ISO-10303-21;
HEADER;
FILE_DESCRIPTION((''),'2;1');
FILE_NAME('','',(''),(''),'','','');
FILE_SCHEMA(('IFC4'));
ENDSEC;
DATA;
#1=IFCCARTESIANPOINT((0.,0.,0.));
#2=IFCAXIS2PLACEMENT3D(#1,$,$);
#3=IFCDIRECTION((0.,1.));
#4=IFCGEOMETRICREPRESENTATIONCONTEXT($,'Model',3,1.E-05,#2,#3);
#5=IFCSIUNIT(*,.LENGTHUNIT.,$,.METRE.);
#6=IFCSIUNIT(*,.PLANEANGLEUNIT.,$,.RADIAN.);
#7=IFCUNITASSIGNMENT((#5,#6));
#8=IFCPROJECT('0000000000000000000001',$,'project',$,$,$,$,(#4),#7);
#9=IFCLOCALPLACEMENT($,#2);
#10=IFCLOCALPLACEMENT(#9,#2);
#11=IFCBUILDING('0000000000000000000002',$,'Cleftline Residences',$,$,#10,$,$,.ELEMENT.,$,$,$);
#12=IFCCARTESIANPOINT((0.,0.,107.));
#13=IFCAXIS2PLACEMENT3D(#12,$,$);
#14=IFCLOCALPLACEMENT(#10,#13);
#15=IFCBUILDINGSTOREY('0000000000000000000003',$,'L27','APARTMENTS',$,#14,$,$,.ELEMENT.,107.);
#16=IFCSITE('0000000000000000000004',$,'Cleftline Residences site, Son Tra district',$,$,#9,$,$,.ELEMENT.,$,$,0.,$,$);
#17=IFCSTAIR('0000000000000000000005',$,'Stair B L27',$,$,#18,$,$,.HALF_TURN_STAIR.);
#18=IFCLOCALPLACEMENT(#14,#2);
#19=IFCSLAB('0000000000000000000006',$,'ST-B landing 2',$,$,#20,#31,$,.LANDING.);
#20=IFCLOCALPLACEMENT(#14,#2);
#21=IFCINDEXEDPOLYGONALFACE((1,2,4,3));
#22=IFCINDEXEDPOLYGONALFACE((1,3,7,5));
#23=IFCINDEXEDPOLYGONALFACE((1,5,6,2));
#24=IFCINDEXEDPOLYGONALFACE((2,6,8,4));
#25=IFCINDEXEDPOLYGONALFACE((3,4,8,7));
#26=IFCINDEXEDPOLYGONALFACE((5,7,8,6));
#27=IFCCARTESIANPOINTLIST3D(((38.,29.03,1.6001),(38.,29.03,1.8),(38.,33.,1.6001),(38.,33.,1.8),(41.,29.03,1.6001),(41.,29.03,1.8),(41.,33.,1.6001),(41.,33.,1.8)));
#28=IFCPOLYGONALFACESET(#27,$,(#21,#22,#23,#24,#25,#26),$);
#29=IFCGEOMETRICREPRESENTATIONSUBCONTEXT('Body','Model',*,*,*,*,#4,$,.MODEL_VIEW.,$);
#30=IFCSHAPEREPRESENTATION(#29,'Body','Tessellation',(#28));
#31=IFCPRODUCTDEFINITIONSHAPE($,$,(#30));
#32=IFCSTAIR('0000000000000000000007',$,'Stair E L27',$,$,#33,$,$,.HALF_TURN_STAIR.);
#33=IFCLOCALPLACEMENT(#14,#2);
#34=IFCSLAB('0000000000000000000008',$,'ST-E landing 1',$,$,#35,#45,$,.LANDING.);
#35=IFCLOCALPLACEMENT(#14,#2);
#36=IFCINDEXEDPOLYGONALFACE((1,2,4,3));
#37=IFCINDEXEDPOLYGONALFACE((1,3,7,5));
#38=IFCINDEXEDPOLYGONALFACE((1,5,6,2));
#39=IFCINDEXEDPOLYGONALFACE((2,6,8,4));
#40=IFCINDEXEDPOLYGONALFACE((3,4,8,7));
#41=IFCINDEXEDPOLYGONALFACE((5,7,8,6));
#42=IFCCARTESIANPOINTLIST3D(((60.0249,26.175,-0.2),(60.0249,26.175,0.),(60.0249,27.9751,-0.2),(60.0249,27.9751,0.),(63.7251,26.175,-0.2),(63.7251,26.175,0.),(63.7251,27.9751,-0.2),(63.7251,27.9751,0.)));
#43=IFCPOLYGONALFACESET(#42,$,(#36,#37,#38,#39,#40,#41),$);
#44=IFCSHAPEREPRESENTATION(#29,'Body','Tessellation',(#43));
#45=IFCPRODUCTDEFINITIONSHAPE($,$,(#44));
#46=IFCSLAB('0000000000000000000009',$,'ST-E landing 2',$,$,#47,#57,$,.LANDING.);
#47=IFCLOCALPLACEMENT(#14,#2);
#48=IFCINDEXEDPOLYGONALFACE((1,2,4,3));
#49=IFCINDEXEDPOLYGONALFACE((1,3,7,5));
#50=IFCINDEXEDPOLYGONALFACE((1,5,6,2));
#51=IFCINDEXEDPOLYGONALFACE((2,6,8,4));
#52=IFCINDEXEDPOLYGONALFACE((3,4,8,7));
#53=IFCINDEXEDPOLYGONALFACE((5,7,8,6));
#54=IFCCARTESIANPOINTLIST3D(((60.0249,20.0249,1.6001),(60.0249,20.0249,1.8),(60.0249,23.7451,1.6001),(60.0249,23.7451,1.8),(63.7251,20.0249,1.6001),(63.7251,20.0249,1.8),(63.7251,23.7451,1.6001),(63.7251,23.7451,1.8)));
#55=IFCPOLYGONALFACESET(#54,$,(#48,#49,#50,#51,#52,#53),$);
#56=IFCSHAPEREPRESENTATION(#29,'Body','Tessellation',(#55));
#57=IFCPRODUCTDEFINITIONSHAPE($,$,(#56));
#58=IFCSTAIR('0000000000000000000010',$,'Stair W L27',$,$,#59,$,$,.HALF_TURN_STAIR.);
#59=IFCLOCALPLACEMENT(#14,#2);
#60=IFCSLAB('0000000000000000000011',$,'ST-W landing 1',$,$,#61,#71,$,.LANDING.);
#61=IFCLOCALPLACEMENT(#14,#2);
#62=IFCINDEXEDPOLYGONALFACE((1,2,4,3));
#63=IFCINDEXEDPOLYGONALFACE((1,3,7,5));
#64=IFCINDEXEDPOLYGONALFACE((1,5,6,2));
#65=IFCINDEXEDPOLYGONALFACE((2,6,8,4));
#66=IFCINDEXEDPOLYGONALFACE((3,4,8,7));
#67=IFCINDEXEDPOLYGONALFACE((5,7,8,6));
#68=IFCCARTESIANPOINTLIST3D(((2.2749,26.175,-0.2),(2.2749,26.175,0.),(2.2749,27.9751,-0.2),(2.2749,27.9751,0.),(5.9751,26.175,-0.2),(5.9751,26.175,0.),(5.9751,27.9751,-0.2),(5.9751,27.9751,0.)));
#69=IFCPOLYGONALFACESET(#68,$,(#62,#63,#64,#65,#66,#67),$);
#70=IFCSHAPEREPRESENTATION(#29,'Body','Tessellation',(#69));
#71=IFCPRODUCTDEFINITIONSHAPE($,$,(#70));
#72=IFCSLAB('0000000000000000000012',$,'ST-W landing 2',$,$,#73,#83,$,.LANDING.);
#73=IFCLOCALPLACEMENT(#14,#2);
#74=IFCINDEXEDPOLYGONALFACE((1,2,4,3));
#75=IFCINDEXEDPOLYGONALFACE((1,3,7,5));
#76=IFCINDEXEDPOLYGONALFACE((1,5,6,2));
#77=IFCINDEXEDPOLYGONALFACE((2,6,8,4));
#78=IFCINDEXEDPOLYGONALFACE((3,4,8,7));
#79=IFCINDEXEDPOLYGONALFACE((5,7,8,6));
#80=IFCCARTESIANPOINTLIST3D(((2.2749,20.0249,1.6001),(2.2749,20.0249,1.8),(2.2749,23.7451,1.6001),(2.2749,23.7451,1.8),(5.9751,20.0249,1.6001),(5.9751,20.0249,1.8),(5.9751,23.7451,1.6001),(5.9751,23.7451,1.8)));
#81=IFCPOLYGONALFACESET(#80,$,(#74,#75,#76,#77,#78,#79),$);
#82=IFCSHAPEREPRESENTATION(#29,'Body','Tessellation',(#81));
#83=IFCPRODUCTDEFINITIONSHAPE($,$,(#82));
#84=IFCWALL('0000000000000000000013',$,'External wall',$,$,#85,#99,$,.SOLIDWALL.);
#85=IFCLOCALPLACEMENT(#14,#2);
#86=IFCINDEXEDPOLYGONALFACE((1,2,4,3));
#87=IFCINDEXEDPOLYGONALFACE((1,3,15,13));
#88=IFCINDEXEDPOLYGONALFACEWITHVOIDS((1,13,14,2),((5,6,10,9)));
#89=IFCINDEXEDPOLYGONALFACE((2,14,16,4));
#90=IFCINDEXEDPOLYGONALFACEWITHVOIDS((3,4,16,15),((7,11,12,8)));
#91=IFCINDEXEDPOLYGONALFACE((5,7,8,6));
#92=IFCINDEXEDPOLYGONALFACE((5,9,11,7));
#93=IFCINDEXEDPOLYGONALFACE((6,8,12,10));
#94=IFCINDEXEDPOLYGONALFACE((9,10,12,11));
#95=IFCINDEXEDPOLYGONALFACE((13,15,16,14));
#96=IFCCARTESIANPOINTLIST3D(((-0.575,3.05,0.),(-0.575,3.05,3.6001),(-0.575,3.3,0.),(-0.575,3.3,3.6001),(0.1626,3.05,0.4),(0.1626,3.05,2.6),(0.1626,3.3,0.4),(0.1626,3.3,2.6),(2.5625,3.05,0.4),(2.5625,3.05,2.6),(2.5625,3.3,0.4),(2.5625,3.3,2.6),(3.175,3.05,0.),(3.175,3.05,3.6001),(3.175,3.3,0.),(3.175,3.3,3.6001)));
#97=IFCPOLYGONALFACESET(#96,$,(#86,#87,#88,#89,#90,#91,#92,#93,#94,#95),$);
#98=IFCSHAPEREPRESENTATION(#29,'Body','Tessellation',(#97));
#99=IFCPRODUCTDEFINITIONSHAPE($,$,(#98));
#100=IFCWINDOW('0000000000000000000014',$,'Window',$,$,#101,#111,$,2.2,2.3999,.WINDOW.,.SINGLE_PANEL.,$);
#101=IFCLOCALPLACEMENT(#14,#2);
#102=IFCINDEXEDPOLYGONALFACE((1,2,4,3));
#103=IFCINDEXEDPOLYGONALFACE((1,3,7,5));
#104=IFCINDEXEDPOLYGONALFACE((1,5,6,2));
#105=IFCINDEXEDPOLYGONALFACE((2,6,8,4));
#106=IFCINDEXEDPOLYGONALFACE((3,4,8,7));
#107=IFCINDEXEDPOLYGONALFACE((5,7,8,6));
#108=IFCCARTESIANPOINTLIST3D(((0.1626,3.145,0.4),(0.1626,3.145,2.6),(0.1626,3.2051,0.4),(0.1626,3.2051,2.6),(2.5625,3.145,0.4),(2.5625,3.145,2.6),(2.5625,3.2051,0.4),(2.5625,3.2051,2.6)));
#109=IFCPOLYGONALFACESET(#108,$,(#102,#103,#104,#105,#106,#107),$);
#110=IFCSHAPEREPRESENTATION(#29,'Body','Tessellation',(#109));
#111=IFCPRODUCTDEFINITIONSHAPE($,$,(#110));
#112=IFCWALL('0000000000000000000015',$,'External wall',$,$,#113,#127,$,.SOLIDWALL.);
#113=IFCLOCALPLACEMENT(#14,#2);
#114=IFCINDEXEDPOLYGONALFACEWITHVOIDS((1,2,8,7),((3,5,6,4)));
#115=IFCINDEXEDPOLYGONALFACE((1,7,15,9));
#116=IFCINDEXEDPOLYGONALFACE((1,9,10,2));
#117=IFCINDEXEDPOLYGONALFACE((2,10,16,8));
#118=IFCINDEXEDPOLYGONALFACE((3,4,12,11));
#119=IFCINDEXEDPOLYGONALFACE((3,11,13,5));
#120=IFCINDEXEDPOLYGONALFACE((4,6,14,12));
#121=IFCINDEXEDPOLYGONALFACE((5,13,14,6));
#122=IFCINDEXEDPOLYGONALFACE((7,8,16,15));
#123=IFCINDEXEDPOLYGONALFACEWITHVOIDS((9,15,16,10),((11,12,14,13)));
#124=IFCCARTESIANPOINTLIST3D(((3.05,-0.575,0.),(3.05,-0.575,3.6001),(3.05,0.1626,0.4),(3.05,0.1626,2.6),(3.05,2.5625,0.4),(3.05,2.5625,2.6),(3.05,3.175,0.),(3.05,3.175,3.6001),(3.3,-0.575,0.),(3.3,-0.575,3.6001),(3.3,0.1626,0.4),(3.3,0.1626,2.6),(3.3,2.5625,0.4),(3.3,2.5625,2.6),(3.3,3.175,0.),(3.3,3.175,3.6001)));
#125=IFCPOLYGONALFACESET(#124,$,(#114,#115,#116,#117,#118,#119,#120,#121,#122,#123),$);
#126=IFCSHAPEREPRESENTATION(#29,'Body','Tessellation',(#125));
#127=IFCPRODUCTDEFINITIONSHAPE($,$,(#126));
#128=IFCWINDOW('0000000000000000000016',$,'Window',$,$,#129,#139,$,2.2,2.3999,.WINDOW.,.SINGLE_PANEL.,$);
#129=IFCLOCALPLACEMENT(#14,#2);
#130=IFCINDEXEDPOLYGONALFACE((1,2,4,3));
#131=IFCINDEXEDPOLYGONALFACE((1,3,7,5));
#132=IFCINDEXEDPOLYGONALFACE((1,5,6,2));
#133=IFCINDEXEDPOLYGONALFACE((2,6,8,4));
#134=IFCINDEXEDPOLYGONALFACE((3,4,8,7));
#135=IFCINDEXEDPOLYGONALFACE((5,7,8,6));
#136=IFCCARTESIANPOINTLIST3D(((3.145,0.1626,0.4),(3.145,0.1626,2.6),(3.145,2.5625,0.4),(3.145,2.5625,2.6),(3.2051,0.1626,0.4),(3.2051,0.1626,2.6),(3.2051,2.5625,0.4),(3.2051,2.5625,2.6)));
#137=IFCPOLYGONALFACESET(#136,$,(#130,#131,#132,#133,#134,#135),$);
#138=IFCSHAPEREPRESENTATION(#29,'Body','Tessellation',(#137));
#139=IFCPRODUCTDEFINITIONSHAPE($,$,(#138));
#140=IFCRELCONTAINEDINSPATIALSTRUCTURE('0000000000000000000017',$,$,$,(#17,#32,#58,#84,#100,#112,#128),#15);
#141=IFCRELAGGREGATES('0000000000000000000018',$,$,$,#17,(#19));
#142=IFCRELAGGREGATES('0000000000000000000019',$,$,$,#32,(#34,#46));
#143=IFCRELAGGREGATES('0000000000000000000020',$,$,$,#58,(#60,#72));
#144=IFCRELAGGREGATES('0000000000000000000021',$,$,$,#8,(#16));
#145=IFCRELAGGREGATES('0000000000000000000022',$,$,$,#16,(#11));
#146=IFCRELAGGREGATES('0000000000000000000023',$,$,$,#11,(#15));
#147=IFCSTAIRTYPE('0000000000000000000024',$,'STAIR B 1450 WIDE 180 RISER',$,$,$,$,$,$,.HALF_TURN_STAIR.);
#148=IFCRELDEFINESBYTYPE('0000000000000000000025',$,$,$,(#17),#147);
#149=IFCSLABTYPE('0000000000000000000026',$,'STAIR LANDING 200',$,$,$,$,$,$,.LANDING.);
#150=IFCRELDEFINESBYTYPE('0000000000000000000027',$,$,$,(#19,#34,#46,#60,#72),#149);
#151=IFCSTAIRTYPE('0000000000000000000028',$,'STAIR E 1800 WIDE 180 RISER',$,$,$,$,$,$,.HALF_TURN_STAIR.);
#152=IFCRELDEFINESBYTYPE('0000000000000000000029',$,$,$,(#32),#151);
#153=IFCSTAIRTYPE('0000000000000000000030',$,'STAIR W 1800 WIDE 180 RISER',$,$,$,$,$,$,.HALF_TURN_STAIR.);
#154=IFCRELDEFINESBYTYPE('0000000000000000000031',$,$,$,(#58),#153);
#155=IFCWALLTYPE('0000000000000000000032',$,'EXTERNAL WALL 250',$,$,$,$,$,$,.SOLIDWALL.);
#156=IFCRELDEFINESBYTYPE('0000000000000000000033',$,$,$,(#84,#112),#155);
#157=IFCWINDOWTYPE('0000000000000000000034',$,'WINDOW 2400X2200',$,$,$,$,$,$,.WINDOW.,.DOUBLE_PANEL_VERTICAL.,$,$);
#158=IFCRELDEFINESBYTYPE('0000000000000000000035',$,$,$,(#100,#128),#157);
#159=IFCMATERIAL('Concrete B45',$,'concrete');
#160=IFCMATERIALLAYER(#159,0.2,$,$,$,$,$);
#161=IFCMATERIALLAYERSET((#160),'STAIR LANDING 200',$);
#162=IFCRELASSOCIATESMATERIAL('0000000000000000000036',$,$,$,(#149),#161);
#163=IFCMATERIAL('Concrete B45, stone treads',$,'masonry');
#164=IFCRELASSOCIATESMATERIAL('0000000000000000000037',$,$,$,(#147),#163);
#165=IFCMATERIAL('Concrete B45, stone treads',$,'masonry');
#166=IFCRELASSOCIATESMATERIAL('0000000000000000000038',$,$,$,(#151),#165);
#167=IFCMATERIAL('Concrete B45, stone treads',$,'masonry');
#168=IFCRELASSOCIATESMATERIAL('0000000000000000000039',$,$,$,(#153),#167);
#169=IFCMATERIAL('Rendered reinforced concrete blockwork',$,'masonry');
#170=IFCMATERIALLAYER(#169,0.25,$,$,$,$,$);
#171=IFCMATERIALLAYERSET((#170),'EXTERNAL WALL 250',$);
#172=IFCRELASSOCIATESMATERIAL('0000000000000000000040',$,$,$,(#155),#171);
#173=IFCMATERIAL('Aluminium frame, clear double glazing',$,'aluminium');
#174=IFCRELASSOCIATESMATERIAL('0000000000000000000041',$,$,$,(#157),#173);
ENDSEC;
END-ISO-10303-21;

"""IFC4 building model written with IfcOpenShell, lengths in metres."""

from ifc_helpers import new_model, si_unit, direction, frame, frame_2d, origin, place, context, subcontext, project, spatial, polyline, rectangle, outline, extrude, material, layer, layer_set, type_object, element, fill, aggregate, save


model = new_model("IFC4")

# Units and contexts
model_context = context("Model", 3, precision=1e-05, world=origin(), true_north=direction((0.0, 1.0)))
body_context = subcontext(model_context, "Body", "Model", "MODEL_VIEW")
ifc_project = project(units=[si_unit("LENGTHUNIT", "METRE"), si_unit("PLANEANGLEUNIT", "RADIAN")], contexts=[model_context])

# Site, building, storey
site_placement = place(None, origin())
site = spatial("IfcSite", under=ifc_project, at=site_placement, Name="Cleftline Residences site, Son Tra district", CompositionType="ELEMENT", RefElevation=0.0)
building_placement = place(site_placement, origin())
building = spatial("IfcBuilding", under=site, at=building_placement, Name="Cleftline Residences", CompositionType="ELEMENT")
storey_placement = place(building_placement, frame((0.0, 0.0, 107.0)))
storey = spatial("IfcBuildingStorey", under=building, at=storey_placement, Name="L27", Description="APARTMENTS", CompositionType="ELEMENT", Elevation=107.0)

# Stairs, slabs
ifc_material_1 = material(Name="Concrete B45", Category="concrete")
ifc_layer_1 = layer(ifc_material_1, 0.2)
ifc_layer_set_1 = layer_set([ifc_layer_1], Name="STAIR LANDING 200")
slab_type_1 = type_object("IfcSlabType", Name="STAIR LANDING 200", PredefinedType="LANDING", material=ifc_layer_set_1)
ifc_material_2 = material(Name="Concrete B45, stone treads", Category="masonry")
stair_type_1 = type_object("IfcStairType", Name="STAIR B 1450 WIDE 180 RISER", PredefinedType="HALF_TURN_STAIR", material=ifc_material_2)
stair_1_placement = place(storey_placement, origin())
stair_1 = element("IfcStair", 1, at=stair_1_placement, inside=storey, type_object=stair_type_1, Name="Stair B L27", PredefinedType="HALF_TURN_STAIR")
slab_1_placement = place(storey_placement, frame((0.0, 0.0, 1.6001)))
slab_1 = element("IfcSlab", 2, at=slab_1_placement, type_object=slab_type_1, Name="ST-B landing 2", PredefinedType="LANDING", context=body_context, shape_type="SweptSolid", body=[
    extrude(outline(polyline([(38.0, 29.03), (41.0, 29.03), (41.0, 33.0), (38.0, 33.0), (38.0, 29.03)])), origin(), (0.0, 0.0, 1.0), 0.2),
])
aggregate(stair_1, [slab_1])
ifc_material_3 = material(Name="Concrete B45, stone treads", Category="masonry")
stair_type_2 = type_object("IfcStairType", Name="STAIR E 1800 WIDE 180 RISER", PredefinedType="HALF_TURN_STAIR", material=ifc_material_3)
stair_2_placement = place(storey_placement, origin())
stair_2 = element("IfcStair", 3, at=stair_2_placement, inside=storey, type_object=stair_type_2, Name="Stair E L27", PredefinedType="HALF_TURN_STAIR")
slab_2_placement = place(storey_placement, frame((0.0, 0.0, -0.2)))
slab_2 = element("IfcSlab", 4, at=slab_2_placement, type_object=slab_type_1, Name="ST-E landing 1", PredefinedType="LANDING", context=body_context, shape_type="SweptSolid", body=[
    extrude(outline(polyline([(60.0249, 26.175), (63.7251, 26.175), (63.7251, 27.9751), (60.0249, 27.9751), (60.0249, 26.175)])), origin(), (0.0, 0.0, 1.0), 0.2),
])
slab_3_placement = place(storey_placement, frame((0.0, 0.0, 1.6001)))
slab_3 = element("IfcSlab", 5, at=slab_3_placement, type_object=slab_type_1, Name="ST-E landing 2", PredefinedType="LANDING", context=body_context, shape_type="SweptSolid", body=[
    extrude(outline(polyline([(60.0249, 20.0249), (63.7251, 20.0249), (63.7251, 23.7451), (60.0249, 23.7451), (60.0249, 20.0249)])), origin(), (0.0, 0.0, 1.0), 0.2),
])
aggregate(stair_2, [slab_2, slab_3])
ifc_material_4 = material(Name="Concrete B45, stone treads", Category="masonry")
stair_type_3 = type_object("IfcStairType", Name="STAIR W 1800 WIDE 180 RISER", PredefinedType="HALF_TURN_STAIR", material=ifc_material_4)
stair_3_placement = place(storey_placement, origin())
stair_3 = element("IfcStair", 6, at=stair_3_placement, inside=storey, type_object=stair_type_3, Name="Stair W L27", PredefinedType="HALF_TURN_STAIR")
slab_4_placement = place(storey_placement, frame((0.0, 0.0, -0.2)))
slab_4 = element("IfcSlab", 7, at=slab_4_placement, type_object=slab_type_1, Name="ST-W landing 1", PredefinedType="LANDING", context=body_context, shape_type="SweptSolid", body=[
    extrude(outline(polyline([(2.2749, 26.175), (5.9751, 26.175), (5.9751, 27.9751), (2.2749, 27.9751), (2.2749, 26.175)])), origin(), (0.0, 0.0, 1.0), 0.2),
])
slab_5_placement = place(storey_placement, frame((0.0, 0.0, 1.6001)))
slab_5 = element("IfcSlab", 8, at=slab_5_placement, type_object=slab_type_1, Name="ST-W landing 2", PredefinedType="LANDING", context=body_context, shape_type="SweptSolid", body=[
    extrude(outline(polyline([(2.2749, 20.0249), (5.9751, 20.0249), (5.9751, 23.7451), (2.2749, 23.7451), (2.2749, 20.0249)])), origin(), (0.0, 0.0, 1.0), 0.2),
])
aggregate(stair_3, [slab_4, slab_5])

# Walls, openings, windows
ifc_material_5 = material(Name="Rendered reinforced concrete blockwork", Category="masonry")
ifc_layer_2 = layer(ifc_material_5, 0.25)
ifc_layer_set_2 = layer_set([ifc_layer_2], Name="EXTERNAL WALL 250")
wall_type_1 = type_object("IfcWallType", Name="EXTERNAL WALL 250", PredefinedType="SOLIDWALL", material=ifc_layer_set_2)
wall_1_placement = place(storey_placement, frame((-0.575, 3.175, 0.0), z_axis=(0.0, 0.0, 1.0), x_axis=(1.0, 0.0, 0.0)))
wall_1 = element("IfcWall", 9, at=wall_1_placement, inside=storey, type_object=wall_type_1, Name="External wall", PredefinedType="SOLIDWALL", context=body_context, shape_type="SweptSolid", body=[
    extrude(rectangle(XDim=3.75, YDim=0.25, at=frame_2d((1.875, 0.0))), origin(), (0.0, 0.0, 1.0), 3.6001),
])
opening_1_placement = place(wall_1_placement, frame((0.7375, 0.0, 0.3999)))
opening_1 = element("IfcOpeningElement", 10, at=opening_1_placement, cuts=wall_1, PredefinedType="OPENING", context=body_context, shape_type="SweptSolid", body=[
    extrude(rectangle(XDim=2.3999, YDim=2.2, at=frame_2d((1.2, 1.1001))), frame((0.0, 0.135, 0.0), z_axis=(0.0, -1.0, 0.0), x_axis=(1.0, 0.0, 0.0)), (0.0, 0.0, 1.0), 0.27),
])
ifc_material_6 = material(Name="Aluminium frame, clear double glazing", Category="aluminium")
window_type_1 = type_object("IfcWindowType", Name="WINDOW 2400X2200", PartitioningType="DOUBLE_PANEL_VERTICAL", PredefinedType="WINDOW", material=ifc_material_6)
window_1_placement = place(opening_1_placement, origin())
window_1 = element("IfcWindow", 11, at=window_1_placement, inside=storey, type_object=window_type_1, Name="Window", OverallHeight=2.2, OverallWidth=2.3999, PartitioningType="SINGLE_PANEL", PredefinedType="WINDOW", context=body_context, shape_type="SweptSolid", body=[
    extrude(rectangle(XDim=2.3999, YDim=2.2, at=frame_2d((1.2, 1.1001))), frame((0.0, 0.03, 0.0), z_axis=(0.0, -1.0, 0.0), x_axis=(1.0, 0.0, 0.0)), (0.0, 0.0, 1.0), 0.0601),
])
fill(opening_1, window_1)
wall_2_placement = place(storey_placement, frame((3.175, 3.175, 0.0), z_axis=(0.0, 0.0, 1.0), x_axis=(0.0, -1.0, 0.0)))
wall_2 = element("IfcWall", 12, at=wall_2_placement, inside=storey, type_object=wall_type_1, Name="External wall", PredefinedType="SOLIDWALL", context=body_context, shape_type="SweptSolid", body=[
    extrude(rectangle(XDim=3.75, YDim=0.25, at=frame_2d((1.875, 0.0))), origin(), (0.0, 0.0, 1.0), 3.6001),
])
opening_2_placement = place(wall_2_placement, frame((0.6125, 0.0, 0.3999)))
opening_2 = element("IfcOpeningElement", 13, at=opening_2_placement, cuts=wall_2, PredefinedType="OPENING", context=body_context, shape_type="SweptSolid", body=[
    extrude(rectangle(XDim=2.3999, YDim=2.2, at=frame_2d((1.2, 1.1001))), frame((0.0, 0.135, 0.0), z_axis=(0.0, -1.0, 0.0), x_axis=(1.0, 0.0, 0.0)), (0.0, 0.0, 1.0), 0.27),
])
window_2_placement = place(opening_2_placement, origin())
window_2 = element("IfcWindow", 14, at=window_2_placement, inside=storey, type_object=window_type_1, Name="Window", OverallHeight=2.2, OverallWidth=2.3999, PartitioningType="SINGLE_PANEL", PredefinedType="WINDOW", context=body_context, shape_type="SweptSolid", body=[
    extrude(rectangle(XDim=2.3999, YDim=2.2, at=frame_2d((1.2, 1.1001))), frame((0.0, 0.03, 0.0), z_axis=(0.0, -1.0, 0.0), x_axis=(1.0, 0.0, 0.0)), (0.0, 0.0, 1.0), 0.0601),
])
fill(opening_2, window_2)

save(model, "model.ifc")
